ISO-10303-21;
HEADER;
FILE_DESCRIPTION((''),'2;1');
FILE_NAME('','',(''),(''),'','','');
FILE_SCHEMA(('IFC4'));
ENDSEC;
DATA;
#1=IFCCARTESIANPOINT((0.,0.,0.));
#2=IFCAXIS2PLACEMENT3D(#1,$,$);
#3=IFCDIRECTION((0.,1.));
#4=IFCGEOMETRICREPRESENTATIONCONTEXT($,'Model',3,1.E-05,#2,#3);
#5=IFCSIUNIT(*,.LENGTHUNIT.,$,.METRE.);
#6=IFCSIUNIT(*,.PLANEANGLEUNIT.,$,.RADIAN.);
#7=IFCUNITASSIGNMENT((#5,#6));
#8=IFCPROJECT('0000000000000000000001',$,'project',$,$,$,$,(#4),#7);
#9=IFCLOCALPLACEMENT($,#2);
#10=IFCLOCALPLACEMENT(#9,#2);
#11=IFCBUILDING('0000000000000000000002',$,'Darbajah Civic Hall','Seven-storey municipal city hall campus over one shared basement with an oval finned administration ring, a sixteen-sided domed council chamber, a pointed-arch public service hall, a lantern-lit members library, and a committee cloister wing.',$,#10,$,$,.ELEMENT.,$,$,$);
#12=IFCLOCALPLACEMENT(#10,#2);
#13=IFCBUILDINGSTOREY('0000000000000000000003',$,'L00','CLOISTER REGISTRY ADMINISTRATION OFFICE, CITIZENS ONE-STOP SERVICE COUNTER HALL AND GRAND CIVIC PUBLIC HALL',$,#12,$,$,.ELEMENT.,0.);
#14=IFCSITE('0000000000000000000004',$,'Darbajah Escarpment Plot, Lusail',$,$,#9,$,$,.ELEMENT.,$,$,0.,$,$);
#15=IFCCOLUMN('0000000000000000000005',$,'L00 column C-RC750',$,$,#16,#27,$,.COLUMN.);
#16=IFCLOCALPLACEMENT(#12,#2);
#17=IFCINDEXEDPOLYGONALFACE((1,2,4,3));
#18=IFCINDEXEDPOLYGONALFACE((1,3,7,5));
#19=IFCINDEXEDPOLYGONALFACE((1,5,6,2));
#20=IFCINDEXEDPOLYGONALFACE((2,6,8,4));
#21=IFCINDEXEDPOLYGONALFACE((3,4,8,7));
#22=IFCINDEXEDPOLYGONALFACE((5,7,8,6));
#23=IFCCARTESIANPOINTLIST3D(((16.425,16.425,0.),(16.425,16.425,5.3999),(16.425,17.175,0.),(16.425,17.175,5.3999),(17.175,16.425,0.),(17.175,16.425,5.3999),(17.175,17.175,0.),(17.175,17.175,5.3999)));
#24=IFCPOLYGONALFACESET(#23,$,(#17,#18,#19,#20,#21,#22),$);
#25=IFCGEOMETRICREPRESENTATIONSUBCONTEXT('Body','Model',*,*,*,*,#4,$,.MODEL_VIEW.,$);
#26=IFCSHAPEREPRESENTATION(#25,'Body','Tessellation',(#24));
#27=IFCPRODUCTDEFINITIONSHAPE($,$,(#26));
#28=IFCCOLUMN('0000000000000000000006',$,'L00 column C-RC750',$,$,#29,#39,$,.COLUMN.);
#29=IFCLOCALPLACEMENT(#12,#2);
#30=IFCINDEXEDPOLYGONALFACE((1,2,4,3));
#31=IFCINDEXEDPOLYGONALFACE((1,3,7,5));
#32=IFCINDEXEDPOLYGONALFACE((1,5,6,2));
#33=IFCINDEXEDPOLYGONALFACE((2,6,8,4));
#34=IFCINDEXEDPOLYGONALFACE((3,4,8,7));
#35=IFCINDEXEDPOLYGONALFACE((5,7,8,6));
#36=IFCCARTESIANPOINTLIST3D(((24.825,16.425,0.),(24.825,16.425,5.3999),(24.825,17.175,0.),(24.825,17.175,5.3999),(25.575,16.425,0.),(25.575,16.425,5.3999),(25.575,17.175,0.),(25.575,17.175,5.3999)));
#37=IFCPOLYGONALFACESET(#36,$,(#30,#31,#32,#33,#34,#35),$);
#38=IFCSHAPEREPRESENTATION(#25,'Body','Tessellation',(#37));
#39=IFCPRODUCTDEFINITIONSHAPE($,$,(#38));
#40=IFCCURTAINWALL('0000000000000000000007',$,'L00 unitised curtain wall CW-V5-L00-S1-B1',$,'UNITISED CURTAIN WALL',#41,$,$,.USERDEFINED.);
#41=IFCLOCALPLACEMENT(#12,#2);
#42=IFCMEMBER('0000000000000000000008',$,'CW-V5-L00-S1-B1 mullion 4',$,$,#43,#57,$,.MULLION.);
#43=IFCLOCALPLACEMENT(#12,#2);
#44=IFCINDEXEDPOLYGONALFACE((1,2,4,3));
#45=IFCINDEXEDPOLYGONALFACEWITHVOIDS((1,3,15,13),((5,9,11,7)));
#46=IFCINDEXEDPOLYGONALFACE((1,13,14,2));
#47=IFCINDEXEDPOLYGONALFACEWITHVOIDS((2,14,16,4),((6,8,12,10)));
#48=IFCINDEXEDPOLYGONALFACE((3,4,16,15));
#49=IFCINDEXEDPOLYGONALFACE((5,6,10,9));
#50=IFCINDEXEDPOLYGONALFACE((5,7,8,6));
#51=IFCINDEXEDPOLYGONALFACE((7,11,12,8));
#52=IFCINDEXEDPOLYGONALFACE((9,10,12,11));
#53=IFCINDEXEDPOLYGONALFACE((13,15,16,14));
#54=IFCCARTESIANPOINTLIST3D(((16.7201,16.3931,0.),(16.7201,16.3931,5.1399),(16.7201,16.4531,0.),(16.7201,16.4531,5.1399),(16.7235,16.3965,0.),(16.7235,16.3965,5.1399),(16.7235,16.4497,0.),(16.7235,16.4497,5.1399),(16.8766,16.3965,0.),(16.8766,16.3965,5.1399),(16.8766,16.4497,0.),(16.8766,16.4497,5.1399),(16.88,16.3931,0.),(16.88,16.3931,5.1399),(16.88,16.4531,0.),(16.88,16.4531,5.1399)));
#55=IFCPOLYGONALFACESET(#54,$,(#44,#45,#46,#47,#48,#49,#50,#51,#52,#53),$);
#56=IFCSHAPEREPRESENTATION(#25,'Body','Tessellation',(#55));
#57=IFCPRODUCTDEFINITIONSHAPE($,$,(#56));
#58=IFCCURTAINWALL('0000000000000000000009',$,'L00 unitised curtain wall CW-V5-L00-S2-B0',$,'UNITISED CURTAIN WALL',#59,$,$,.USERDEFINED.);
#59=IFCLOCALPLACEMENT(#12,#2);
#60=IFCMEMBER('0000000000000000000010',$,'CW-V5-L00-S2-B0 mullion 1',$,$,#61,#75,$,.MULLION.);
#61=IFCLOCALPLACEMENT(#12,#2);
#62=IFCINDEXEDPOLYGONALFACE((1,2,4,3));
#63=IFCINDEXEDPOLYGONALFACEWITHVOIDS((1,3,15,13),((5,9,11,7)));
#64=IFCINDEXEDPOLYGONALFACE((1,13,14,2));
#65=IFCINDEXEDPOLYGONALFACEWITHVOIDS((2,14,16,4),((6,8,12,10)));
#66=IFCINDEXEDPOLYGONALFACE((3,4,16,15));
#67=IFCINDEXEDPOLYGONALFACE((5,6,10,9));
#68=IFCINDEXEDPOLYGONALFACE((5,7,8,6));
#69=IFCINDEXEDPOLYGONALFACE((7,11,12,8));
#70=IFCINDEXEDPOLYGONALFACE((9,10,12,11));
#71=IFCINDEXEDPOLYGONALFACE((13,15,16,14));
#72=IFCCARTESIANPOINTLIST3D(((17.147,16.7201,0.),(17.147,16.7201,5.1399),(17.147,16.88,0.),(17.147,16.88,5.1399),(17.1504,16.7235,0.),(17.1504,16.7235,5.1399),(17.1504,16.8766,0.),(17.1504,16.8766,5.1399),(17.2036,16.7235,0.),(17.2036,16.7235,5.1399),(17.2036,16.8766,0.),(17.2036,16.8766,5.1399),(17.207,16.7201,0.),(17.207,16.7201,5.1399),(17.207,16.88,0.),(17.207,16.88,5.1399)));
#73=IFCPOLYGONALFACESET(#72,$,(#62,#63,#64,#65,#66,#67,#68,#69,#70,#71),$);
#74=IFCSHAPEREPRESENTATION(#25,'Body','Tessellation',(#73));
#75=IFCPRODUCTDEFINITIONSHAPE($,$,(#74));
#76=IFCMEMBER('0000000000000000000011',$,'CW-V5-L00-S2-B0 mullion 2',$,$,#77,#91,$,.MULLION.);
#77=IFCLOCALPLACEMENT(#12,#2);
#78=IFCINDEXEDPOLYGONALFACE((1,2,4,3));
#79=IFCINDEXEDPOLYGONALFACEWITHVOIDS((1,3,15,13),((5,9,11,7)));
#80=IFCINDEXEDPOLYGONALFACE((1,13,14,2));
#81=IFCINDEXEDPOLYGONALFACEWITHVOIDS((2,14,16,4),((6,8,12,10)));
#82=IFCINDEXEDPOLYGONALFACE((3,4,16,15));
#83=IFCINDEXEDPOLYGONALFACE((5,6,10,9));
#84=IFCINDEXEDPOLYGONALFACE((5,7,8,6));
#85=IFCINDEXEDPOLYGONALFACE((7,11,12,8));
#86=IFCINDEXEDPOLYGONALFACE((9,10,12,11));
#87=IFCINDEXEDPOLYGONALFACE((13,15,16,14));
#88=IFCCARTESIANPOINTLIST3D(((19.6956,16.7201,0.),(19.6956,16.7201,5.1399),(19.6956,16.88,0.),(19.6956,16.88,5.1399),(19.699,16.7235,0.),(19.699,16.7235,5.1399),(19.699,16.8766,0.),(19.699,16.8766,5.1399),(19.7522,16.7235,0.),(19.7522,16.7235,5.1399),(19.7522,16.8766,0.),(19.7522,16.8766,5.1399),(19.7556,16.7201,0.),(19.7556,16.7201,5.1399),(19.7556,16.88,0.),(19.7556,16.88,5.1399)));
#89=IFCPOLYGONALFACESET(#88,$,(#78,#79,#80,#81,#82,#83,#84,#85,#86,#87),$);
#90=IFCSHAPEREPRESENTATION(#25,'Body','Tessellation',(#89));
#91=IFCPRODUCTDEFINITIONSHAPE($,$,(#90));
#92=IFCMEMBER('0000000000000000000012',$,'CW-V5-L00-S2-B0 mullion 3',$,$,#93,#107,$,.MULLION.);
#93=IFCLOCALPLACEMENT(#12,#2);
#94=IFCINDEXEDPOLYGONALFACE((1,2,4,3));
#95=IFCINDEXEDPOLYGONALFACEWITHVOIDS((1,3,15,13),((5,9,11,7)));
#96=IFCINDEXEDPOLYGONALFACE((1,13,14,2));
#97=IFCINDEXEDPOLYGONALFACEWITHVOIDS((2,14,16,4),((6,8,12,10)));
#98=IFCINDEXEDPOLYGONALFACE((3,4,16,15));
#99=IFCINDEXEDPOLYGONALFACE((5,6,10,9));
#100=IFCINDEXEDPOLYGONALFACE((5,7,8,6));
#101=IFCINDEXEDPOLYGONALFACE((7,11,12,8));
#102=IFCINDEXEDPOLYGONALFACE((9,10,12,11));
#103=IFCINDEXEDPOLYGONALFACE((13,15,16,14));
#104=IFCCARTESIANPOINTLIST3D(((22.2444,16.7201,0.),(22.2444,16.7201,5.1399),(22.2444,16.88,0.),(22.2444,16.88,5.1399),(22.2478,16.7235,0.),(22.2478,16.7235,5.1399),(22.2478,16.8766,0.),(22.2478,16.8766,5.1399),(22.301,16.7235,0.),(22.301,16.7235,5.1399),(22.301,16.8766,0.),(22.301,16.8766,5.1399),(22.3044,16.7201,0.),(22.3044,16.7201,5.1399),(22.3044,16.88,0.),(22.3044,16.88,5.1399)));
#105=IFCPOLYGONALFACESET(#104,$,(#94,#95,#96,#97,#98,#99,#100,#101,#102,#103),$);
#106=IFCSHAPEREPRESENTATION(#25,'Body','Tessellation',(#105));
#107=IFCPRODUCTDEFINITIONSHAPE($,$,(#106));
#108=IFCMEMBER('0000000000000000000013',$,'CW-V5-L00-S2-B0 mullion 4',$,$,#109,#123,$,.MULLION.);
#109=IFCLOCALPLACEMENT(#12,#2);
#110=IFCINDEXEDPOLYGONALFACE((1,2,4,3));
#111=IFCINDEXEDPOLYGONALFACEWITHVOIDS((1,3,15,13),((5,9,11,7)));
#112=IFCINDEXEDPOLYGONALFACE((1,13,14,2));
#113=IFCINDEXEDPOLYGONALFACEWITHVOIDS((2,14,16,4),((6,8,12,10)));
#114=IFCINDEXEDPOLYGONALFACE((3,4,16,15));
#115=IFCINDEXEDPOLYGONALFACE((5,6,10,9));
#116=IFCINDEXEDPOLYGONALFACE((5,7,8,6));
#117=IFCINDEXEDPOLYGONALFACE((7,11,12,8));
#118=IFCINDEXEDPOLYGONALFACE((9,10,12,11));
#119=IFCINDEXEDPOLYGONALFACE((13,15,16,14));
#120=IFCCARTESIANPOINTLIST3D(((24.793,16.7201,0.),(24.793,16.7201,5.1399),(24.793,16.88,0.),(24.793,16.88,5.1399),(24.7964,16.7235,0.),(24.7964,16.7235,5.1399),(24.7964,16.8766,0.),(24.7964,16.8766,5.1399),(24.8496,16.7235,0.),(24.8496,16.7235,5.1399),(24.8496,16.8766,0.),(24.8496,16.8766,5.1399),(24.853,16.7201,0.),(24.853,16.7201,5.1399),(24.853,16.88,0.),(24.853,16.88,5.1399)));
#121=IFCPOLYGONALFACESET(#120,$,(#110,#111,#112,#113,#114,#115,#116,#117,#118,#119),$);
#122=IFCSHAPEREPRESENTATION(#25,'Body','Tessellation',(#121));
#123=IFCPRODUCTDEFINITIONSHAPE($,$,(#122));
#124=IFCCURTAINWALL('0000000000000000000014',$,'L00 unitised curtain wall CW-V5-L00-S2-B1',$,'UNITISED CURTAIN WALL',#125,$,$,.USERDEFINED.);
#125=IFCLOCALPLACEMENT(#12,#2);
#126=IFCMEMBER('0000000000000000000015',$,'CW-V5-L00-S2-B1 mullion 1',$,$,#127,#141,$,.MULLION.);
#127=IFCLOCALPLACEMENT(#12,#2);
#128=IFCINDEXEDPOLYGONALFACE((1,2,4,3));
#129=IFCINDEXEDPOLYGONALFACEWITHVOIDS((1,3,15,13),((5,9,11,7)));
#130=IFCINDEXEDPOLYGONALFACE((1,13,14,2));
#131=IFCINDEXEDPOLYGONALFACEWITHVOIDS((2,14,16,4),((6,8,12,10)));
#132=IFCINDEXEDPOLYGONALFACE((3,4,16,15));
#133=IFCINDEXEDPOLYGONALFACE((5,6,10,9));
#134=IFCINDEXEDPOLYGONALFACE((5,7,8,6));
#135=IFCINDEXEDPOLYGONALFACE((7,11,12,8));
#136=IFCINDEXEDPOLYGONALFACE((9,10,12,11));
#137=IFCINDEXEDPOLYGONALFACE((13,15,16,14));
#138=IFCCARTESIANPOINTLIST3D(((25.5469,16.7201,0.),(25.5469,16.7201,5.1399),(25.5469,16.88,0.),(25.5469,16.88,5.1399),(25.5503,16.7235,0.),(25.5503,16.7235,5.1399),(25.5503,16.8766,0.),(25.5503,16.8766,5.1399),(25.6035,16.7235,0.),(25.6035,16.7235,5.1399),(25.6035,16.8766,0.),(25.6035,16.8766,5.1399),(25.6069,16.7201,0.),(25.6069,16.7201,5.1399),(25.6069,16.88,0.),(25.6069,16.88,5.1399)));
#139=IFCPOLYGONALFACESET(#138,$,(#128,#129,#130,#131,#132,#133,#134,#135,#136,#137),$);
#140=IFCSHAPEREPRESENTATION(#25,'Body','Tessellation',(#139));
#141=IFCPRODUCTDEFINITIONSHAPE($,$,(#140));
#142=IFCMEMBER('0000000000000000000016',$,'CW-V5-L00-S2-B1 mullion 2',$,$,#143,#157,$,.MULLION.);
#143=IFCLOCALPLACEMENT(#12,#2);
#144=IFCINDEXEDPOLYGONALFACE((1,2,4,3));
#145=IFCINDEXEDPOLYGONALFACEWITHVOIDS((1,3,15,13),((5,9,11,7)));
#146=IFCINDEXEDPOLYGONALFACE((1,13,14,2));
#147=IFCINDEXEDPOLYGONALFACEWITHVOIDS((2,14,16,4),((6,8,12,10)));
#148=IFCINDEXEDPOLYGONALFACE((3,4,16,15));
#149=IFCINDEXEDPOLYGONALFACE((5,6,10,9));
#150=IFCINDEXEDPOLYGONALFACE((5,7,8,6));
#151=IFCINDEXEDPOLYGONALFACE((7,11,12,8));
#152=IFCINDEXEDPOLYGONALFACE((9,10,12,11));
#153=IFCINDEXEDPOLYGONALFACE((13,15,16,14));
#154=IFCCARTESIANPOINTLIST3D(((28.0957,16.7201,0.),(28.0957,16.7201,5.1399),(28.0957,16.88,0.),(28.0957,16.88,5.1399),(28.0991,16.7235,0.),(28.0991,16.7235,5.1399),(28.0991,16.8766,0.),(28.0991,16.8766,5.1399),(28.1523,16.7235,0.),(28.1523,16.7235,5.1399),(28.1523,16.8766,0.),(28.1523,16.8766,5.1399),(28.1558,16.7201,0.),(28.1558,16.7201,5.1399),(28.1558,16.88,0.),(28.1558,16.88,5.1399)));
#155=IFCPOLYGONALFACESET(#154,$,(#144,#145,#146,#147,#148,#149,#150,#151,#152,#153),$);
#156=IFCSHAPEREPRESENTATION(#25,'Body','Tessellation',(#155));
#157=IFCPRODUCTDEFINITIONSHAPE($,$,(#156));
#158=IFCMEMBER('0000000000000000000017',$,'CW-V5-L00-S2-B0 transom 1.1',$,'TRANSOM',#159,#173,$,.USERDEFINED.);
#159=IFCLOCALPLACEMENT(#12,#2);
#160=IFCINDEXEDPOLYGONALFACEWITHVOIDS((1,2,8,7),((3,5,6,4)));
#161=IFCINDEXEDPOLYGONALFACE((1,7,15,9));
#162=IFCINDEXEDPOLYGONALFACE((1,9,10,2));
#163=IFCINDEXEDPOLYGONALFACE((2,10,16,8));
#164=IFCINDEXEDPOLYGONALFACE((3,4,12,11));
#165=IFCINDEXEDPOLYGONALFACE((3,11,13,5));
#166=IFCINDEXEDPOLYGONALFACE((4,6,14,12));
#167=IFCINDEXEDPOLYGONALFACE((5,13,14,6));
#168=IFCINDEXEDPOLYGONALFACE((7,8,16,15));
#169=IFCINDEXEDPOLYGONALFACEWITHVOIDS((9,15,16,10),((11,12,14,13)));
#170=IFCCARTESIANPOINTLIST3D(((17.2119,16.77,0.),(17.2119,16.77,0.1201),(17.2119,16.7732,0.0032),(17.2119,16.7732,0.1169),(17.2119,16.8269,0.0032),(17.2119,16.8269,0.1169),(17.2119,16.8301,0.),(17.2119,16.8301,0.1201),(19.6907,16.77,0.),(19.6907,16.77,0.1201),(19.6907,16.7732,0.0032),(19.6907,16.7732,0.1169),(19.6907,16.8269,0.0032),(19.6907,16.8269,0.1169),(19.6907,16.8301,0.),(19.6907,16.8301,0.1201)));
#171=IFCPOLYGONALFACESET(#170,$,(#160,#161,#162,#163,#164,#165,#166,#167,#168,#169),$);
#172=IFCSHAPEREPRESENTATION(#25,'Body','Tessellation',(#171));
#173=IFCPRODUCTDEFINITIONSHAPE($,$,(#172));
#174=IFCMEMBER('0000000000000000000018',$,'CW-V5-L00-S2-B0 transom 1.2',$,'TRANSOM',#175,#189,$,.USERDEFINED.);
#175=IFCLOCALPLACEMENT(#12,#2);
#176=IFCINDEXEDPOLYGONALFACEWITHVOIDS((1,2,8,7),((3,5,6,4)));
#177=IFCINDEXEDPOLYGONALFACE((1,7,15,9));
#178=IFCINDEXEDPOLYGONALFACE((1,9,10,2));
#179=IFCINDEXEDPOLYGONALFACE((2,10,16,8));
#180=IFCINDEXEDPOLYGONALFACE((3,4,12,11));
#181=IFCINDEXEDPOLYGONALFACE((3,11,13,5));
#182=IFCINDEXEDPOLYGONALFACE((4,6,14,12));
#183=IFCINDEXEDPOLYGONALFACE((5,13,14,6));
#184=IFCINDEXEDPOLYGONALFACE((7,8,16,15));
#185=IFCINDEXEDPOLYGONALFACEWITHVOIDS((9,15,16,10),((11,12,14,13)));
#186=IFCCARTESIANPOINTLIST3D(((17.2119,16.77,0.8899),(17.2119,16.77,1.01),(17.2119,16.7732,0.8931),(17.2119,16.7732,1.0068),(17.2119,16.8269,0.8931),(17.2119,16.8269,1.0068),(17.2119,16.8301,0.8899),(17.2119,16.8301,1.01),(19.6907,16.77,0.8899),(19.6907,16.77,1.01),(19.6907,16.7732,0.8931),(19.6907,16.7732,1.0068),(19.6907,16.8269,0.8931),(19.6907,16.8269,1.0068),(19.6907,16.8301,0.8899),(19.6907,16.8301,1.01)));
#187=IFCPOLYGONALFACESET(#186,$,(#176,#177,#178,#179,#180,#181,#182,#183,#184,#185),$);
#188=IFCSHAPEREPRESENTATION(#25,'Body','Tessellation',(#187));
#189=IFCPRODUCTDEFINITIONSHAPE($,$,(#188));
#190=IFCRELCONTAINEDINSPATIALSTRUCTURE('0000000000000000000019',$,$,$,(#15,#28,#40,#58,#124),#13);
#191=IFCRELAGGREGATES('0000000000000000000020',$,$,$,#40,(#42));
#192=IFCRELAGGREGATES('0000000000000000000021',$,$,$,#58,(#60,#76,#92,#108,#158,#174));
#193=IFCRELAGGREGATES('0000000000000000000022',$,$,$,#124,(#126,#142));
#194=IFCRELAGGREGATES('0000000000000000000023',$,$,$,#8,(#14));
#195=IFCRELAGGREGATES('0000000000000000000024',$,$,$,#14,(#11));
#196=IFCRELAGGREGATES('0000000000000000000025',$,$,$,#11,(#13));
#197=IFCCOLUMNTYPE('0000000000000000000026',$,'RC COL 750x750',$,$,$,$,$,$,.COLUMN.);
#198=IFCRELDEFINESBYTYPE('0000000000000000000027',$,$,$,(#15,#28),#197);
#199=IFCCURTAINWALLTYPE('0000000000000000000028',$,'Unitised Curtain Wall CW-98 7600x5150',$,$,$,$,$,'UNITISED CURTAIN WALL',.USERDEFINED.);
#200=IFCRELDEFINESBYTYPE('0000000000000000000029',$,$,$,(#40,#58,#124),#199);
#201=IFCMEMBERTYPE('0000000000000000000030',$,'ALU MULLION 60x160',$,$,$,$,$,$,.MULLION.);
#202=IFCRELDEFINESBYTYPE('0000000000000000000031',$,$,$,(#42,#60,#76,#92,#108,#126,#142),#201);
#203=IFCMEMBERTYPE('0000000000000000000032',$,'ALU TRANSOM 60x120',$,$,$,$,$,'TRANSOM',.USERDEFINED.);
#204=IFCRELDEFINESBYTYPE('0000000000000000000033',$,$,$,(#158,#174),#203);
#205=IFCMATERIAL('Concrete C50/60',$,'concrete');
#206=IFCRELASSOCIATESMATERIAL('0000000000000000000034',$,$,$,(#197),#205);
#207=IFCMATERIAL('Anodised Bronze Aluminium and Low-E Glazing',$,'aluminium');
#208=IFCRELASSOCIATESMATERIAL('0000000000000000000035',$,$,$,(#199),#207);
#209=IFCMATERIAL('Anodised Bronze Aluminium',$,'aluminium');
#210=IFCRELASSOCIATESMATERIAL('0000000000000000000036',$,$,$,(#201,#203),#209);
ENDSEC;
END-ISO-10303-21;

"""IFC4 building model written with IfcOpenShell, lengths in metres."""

from ifc_helpers import new_model, si_unit, direction, frame, origin, origin_2d, place, context, subcontext, project, spatial, rectangle, hollow_rectangle, extrude, material, material_profile, profile_set, type_object, element, aggregate, save


model = new_model("IFC4")

# Units and contexts
model_context = context("Model", 3, precision=1e-05, world=origin(), true_north=direction((0.0, 1.0)))
body_context = subcontext(model_context, "Body", "Model", "MODEL_VIEW")
ifc_project = project(units=[si_unit("LENGTHUNIT", "METRE"), si_unit("PLANEANGLEUNIT", "RADIAN")], contexts=[model_context])

# Site, building, storey
site_placement = place(None, origin())
site = spatial("IfcSite", under=ifc_project, at=site_placement, Name="Darbajah Escarpment Plot, Lusail", CompositionType="ELEMENT", RefElevation=0.0)
building_placement = place(site_placement, origin())
building = spatial("IfcBuilding", under=site, at=building_placement, Name="Darbajah Civic Hall", Description="Seven-storey municipal city hall campus over one shared basement with an oval finned administration ring, a sixteen-sided domed council chamber, a pointed-arch public service hall, a lantern-lit members library, and a committee cloister wing.", CompositionType="ELEMENT")
storey_placement = place(building_placement, origin())
storey = spatial("IfcBuildingStorey", under=building, at=storey_placement, Name="L00", Description="CLOISTER REGISTRY ADMINISTRATION OFFICE, CITIZENS ONE-STOP SERVICE COUNTER HALL AND GRAND CIVIC PUBLIC HALL", CompositionType="ELEMENT", Elevation=0.0)

# Columns
ifc_material_1 = material(Name="Concrete C50/60", Category="concrete")
ifc_material_profile_1 = material_profile(ifc_material_1, rectangle(XDim=0.75, YDim=0.75, at=origin_2d()), Name="RC COL 750x750")
ifc_profile_set_1 = profile_set([ifc_material_profile_1], Name="Concrete C50/60")
column_type = type_object("IfcColumnType", Name="RC COL 750x750", PredefinedType="COLUMN", material=ifc_profile_set_1)
for number, where, z_axis, x_axis, name in (
    (1, (16.8, 16.8, 0.0), (0.0, 0.0, 1.0), (1.0, 0.0, 0.0), "L00 column C-RC750"),
    (2, (25.2, 16.8, 0.0), (0.0, 0.0, 1.0), (1.0, 0.0, 0.0), "L00 column C-RC750"),
):
    element("IfcColumn", number, at=place(storey_placement, frame(where, z_axis=z_axis, x_axis=x_axis)), inside=storey, type_object=column_type, Name=name, PredefinedType="COLUMN", context=body_context, shape_type="SweptSolid", body=[
        extrude(rectangle(XDim=0.75, YDim=0.75, at=origin_2d()), origin(), (0.0, 0.0, 1.0), 5.3999),
    ])

# Curtain wall, member
ifc_material_2 = material(Name="Anodised Bronze Aluminium and Low-E Glazing", Category="aluminium")
curtain_wall_type = type_object("IfcCurtainWallType", Name="Unitised Curtain Wall CW-98 7600x5150", ElementType="UNITISED CURTAIN WALL", PredefinedType="USERDEFINED", material=ifc_material_2)
curtain_wall_1_placement = place(storey_placement, origin())
curtain_wall_1 = element("IfcCurtainWall", 3, at=curtain_wall_1_placement, inside=storey, type_object=curtain_wall_type, Name="L00 unitised curtain wall CW-V5-L00-S1-B1", ObjectType="UNITISED CURTAIN WALL", PredefinedType="USERDEFINED")
ifc_material_3 = material(Name="Anodised Bronze Aluminium", Category="aluminium")
ifc_material_profile_2 = material_profile(ifc_material_3, hollow_rectangle(XDim=0.0601, YDim=0.1599, WallThickness=0.0034, at=origin_2d()), Name="ALU MULLION 60x160")
ifc_profile_set_2 = profile_set([ifc_material_profile_2], Name="Anodised Bronze Aluminium")
member_type_1 = type_object("IfcMemberType", Name="ALU MULLION 60x160", PredefinedType="MULLION", material=ifc_profile_set_2)
member_1_placement = place(storey_placement, frame((16.8, 16.4231, 0.0), z_axis=(0.0, 0.0, 1.0), x_axis=(0.0, 1.0, 0.0)))
member_1 = element("IfcMember", 4, at=member_1_placement, type_object=member_type_1, Name="CW-V5-L00-S1-B1 mullion 4", PredefinedType="MULLION", context=body_context, shape_type="SweptSolid", body=[
    extrude(hollow_rectangle(XDim=0.0601, YDim=0.1599, WallThickness=0.0034, at=origin_2d()), origin(), (0.0, 0.0, 1.0), 5.1399),
])

# Curtain walls, members
curtain_wall_2_placement = place(storey_placement, origin())
curtain_wall_2 = element("IfcCurtainWall", 5, at=curtain_wall_2_placement, inside=storey, type_object=curtain_wall_type, Name="L00 unitised curtain wall CW-V5-L00-S2-B0", ObjectType="UNITISED CURTAIN WALL", PredefinedType="USERDEFINED")
member_2_placement = place(storey_placement, frame((17.177, 16.8, 0.0), z_axis=(0.0, 0.0, 1.0), x_axis=(1.0, 0.0, 0.0)))
member_2 = element("IfcMember", 6, at=member_2_placement, type_object=member_type_1, Name="CW-V5-L00-S2-B0 mullion 1", PredefinedType="MULLION", context=body_context, shape_type="SweptSolid", body=[
    extrude(hollow_rectangle(XDim=0.0601, YDim=0.1599, WallThickness=0.0034, at=origin_2d()), origin(), (0.0, 0.0, 1.0), 5.1399),
])
member_3_placement = place(storey_placement, frame((19.7256, 16.8, 0.0), z_axis=(0.0, 0.0, 1.0), x_axis=(1.0, 0.0, 0.0)))
member_3 = element("IfcMember", 7, at=member_3_placement, type_object=member_type_1, Name="CW-V5-L00-S2-B0 mullion 2", PredefinedType="MULLION", context=body_context, shape_type="SweptSolid", body=[
    extrude(hollow_rectangle(XDim=0.0601, YDim=0.1599, WallThickness=0.0034, at=origin_2d()), origin(), (0.0, 0.0, 1.0), 5.1399),
])
member_4_placement = place(storey_placement, frame((22.2744, 16.8, 0.0), z_axis=(0.0, 0.0, 1.0), x_axis=(1.0, 0.0, 0.0)))
member_4 = element("IfcMember", 8, at=member_4_placement, type_object=member_type_1, Name="CW-V5-L00-S2-B0 mullion 3", PredefinedType="MULLION", context=body_context, shape_type="SweptSolid", body=[
    extrude(hollow_rectangle(XDim=0.0601, YDim=0.1599, WallThickness=0.0034, at=origin_2d()), origin(), (0.0, 0.0, 1.0), 5.1399),
])
member_5_placement = place(storey_placement, frame((24.823, 16.8, 0.0), z_axis=(0.0, 0.0, 1.0), x_axis=(1.0, 0.0, 0.0)))
member_5 = element("IfcMember", 9, at=member_5_placement, type_object=member_type_1, Name="CW-V5-L00-S2-B0 mullion 4", PredefinedType="MULLION", context=body_context, shape_type="SweptSolid", body=[
    extrude(hollow_rectangle(XDim=0.0601, YDim=0.1599, WallThickness=0.0034, at=origin_2d()), origin(), (0.0, 0.0, 1.0), 5.1399),
])
curtain_wall_3_placement = place(storey_placement, origin())
curtain_wall_3 = element("IfcCurtainWall", 10, at=curtain_wall_3_placement, inside=storey, type_object=curtain_wall_type, Name="L00 unitised curtain wall CW-V5-L00-S2-B1", ObjectType="UNITISED CURTAIN WALL", PredefinedType="USERDEFINED")
member_6_placement = place(storey_placement, frame((25.5769, 16.8, 0.0), z_axis=(0.0, 0.0, 1.0), x_axis=(1.0, 0.0, 0.0)))
member_6 = element("IfcMember", 11, at=member_6_placement, type_object=member_type_1, Name="CW-V5-L00-S2-B1 mullion 1", PredefinedType="MULLION", context=body_context, shape_type="SweptSolid", body=[
    extrude(hollow_rectangle(XDim=0.0601, YDim=0.1599, WallThickness=0.0034, at=origin_2d()), origin(), (0.0, 0.0, 1.0), 5.1399),
])
member_7_placement = place(storey_placement, frame((28.1257, 16.8, 0.0), z_axis=(0.0, 0.0, 1.0), x_axis=(1.0, 0.0, 0.0)))
member_7 = element("IfcMember", 12, at=member_7_placement, type_object=member_type_1, Name="CW-V5-L00-S2-B1 mullion 2", PredefinedType="MULLION", context=body_context, shape_type="SweptSolid", body=[
    extrude(hollow_rectangle(XDim=0.0601, YDim=0.1599, WallThickness=0.0034, at=origin_2d()), origin(), (0.0, 0.0, 1.0), 5.1399),
])

# Members
ifc_material_profile_3 = material_profile(ifc_material_3, hollow_rectangle(XDim=0.0601, YDim=0.1201, WallThickness=0.0032, at=origin_2d()), Name="ALU TRANSOM 60x120")
ifc_profile_set_3 = profile_set([ifc_material_profile_3], Name="Anodised Bronze Aluminium")
member_type_2 = type_object("IfcMemberType", Name="ALU TRANSOM 60x120", ElementType="TRANSOM", PredefinedType="USERDEFINED", material=ifc_profile_set_3)
member_8_placement = place(storey_placement, frame((17.2119, 16.8, 0.0601), z_axis=(1.0, 0.0, 0.0), x_axis=(0.0, 1.0, 0.0)))
member_8 = element("IfcMember", 13, at=member_8_placement, type_object=member_type_2, Name="CW-V5-L00-S2-B0 transom 1.1", ObjectType="TRANSOM", PredefinedType="USERDEFINED", context=body_context, shape_type="SweptSolid", body=[
    extrude(hollow_rectangle(XDim=0.0601, YDim=0.1201, WallThickness=0.0032, at=origin_2d()), origin(), (0.0, 0.0, 1.0), 2.4788),
])
member_9_placement = place(storey_placement, frame((17.2119, 16.8, 0.95), z_axis=(1.0, 0.0, 0.0), x_axis=(0.0, 1.0, 0.0)))
member_9 = element("IfcMember", 14, at=member_9_placement, type_object=member_type_2, Name="CW-V5-L00-S2-B0 transom 1.2", ObjectType="TRANSOM", PredefinedType="USERDEFINED", context=body_context, shape_type="SweptSolid", body=[
    extrude(hollow_rectangle(XDim=0.0601, YDim=0.1201, WallThickness=0.0032, at=origin_2d()), origin(), (0.0, 0.0, 1.0), 2.4788),
])

aggregate(curtain_wall_1, [member_1])
aggregate(curtain_wall_2, [member_2, member_3, member_4, member_5, member_8, member_9])
aggregate(curtain_wall_3, [member_6, member_7])

save(model, "model.ifc")
